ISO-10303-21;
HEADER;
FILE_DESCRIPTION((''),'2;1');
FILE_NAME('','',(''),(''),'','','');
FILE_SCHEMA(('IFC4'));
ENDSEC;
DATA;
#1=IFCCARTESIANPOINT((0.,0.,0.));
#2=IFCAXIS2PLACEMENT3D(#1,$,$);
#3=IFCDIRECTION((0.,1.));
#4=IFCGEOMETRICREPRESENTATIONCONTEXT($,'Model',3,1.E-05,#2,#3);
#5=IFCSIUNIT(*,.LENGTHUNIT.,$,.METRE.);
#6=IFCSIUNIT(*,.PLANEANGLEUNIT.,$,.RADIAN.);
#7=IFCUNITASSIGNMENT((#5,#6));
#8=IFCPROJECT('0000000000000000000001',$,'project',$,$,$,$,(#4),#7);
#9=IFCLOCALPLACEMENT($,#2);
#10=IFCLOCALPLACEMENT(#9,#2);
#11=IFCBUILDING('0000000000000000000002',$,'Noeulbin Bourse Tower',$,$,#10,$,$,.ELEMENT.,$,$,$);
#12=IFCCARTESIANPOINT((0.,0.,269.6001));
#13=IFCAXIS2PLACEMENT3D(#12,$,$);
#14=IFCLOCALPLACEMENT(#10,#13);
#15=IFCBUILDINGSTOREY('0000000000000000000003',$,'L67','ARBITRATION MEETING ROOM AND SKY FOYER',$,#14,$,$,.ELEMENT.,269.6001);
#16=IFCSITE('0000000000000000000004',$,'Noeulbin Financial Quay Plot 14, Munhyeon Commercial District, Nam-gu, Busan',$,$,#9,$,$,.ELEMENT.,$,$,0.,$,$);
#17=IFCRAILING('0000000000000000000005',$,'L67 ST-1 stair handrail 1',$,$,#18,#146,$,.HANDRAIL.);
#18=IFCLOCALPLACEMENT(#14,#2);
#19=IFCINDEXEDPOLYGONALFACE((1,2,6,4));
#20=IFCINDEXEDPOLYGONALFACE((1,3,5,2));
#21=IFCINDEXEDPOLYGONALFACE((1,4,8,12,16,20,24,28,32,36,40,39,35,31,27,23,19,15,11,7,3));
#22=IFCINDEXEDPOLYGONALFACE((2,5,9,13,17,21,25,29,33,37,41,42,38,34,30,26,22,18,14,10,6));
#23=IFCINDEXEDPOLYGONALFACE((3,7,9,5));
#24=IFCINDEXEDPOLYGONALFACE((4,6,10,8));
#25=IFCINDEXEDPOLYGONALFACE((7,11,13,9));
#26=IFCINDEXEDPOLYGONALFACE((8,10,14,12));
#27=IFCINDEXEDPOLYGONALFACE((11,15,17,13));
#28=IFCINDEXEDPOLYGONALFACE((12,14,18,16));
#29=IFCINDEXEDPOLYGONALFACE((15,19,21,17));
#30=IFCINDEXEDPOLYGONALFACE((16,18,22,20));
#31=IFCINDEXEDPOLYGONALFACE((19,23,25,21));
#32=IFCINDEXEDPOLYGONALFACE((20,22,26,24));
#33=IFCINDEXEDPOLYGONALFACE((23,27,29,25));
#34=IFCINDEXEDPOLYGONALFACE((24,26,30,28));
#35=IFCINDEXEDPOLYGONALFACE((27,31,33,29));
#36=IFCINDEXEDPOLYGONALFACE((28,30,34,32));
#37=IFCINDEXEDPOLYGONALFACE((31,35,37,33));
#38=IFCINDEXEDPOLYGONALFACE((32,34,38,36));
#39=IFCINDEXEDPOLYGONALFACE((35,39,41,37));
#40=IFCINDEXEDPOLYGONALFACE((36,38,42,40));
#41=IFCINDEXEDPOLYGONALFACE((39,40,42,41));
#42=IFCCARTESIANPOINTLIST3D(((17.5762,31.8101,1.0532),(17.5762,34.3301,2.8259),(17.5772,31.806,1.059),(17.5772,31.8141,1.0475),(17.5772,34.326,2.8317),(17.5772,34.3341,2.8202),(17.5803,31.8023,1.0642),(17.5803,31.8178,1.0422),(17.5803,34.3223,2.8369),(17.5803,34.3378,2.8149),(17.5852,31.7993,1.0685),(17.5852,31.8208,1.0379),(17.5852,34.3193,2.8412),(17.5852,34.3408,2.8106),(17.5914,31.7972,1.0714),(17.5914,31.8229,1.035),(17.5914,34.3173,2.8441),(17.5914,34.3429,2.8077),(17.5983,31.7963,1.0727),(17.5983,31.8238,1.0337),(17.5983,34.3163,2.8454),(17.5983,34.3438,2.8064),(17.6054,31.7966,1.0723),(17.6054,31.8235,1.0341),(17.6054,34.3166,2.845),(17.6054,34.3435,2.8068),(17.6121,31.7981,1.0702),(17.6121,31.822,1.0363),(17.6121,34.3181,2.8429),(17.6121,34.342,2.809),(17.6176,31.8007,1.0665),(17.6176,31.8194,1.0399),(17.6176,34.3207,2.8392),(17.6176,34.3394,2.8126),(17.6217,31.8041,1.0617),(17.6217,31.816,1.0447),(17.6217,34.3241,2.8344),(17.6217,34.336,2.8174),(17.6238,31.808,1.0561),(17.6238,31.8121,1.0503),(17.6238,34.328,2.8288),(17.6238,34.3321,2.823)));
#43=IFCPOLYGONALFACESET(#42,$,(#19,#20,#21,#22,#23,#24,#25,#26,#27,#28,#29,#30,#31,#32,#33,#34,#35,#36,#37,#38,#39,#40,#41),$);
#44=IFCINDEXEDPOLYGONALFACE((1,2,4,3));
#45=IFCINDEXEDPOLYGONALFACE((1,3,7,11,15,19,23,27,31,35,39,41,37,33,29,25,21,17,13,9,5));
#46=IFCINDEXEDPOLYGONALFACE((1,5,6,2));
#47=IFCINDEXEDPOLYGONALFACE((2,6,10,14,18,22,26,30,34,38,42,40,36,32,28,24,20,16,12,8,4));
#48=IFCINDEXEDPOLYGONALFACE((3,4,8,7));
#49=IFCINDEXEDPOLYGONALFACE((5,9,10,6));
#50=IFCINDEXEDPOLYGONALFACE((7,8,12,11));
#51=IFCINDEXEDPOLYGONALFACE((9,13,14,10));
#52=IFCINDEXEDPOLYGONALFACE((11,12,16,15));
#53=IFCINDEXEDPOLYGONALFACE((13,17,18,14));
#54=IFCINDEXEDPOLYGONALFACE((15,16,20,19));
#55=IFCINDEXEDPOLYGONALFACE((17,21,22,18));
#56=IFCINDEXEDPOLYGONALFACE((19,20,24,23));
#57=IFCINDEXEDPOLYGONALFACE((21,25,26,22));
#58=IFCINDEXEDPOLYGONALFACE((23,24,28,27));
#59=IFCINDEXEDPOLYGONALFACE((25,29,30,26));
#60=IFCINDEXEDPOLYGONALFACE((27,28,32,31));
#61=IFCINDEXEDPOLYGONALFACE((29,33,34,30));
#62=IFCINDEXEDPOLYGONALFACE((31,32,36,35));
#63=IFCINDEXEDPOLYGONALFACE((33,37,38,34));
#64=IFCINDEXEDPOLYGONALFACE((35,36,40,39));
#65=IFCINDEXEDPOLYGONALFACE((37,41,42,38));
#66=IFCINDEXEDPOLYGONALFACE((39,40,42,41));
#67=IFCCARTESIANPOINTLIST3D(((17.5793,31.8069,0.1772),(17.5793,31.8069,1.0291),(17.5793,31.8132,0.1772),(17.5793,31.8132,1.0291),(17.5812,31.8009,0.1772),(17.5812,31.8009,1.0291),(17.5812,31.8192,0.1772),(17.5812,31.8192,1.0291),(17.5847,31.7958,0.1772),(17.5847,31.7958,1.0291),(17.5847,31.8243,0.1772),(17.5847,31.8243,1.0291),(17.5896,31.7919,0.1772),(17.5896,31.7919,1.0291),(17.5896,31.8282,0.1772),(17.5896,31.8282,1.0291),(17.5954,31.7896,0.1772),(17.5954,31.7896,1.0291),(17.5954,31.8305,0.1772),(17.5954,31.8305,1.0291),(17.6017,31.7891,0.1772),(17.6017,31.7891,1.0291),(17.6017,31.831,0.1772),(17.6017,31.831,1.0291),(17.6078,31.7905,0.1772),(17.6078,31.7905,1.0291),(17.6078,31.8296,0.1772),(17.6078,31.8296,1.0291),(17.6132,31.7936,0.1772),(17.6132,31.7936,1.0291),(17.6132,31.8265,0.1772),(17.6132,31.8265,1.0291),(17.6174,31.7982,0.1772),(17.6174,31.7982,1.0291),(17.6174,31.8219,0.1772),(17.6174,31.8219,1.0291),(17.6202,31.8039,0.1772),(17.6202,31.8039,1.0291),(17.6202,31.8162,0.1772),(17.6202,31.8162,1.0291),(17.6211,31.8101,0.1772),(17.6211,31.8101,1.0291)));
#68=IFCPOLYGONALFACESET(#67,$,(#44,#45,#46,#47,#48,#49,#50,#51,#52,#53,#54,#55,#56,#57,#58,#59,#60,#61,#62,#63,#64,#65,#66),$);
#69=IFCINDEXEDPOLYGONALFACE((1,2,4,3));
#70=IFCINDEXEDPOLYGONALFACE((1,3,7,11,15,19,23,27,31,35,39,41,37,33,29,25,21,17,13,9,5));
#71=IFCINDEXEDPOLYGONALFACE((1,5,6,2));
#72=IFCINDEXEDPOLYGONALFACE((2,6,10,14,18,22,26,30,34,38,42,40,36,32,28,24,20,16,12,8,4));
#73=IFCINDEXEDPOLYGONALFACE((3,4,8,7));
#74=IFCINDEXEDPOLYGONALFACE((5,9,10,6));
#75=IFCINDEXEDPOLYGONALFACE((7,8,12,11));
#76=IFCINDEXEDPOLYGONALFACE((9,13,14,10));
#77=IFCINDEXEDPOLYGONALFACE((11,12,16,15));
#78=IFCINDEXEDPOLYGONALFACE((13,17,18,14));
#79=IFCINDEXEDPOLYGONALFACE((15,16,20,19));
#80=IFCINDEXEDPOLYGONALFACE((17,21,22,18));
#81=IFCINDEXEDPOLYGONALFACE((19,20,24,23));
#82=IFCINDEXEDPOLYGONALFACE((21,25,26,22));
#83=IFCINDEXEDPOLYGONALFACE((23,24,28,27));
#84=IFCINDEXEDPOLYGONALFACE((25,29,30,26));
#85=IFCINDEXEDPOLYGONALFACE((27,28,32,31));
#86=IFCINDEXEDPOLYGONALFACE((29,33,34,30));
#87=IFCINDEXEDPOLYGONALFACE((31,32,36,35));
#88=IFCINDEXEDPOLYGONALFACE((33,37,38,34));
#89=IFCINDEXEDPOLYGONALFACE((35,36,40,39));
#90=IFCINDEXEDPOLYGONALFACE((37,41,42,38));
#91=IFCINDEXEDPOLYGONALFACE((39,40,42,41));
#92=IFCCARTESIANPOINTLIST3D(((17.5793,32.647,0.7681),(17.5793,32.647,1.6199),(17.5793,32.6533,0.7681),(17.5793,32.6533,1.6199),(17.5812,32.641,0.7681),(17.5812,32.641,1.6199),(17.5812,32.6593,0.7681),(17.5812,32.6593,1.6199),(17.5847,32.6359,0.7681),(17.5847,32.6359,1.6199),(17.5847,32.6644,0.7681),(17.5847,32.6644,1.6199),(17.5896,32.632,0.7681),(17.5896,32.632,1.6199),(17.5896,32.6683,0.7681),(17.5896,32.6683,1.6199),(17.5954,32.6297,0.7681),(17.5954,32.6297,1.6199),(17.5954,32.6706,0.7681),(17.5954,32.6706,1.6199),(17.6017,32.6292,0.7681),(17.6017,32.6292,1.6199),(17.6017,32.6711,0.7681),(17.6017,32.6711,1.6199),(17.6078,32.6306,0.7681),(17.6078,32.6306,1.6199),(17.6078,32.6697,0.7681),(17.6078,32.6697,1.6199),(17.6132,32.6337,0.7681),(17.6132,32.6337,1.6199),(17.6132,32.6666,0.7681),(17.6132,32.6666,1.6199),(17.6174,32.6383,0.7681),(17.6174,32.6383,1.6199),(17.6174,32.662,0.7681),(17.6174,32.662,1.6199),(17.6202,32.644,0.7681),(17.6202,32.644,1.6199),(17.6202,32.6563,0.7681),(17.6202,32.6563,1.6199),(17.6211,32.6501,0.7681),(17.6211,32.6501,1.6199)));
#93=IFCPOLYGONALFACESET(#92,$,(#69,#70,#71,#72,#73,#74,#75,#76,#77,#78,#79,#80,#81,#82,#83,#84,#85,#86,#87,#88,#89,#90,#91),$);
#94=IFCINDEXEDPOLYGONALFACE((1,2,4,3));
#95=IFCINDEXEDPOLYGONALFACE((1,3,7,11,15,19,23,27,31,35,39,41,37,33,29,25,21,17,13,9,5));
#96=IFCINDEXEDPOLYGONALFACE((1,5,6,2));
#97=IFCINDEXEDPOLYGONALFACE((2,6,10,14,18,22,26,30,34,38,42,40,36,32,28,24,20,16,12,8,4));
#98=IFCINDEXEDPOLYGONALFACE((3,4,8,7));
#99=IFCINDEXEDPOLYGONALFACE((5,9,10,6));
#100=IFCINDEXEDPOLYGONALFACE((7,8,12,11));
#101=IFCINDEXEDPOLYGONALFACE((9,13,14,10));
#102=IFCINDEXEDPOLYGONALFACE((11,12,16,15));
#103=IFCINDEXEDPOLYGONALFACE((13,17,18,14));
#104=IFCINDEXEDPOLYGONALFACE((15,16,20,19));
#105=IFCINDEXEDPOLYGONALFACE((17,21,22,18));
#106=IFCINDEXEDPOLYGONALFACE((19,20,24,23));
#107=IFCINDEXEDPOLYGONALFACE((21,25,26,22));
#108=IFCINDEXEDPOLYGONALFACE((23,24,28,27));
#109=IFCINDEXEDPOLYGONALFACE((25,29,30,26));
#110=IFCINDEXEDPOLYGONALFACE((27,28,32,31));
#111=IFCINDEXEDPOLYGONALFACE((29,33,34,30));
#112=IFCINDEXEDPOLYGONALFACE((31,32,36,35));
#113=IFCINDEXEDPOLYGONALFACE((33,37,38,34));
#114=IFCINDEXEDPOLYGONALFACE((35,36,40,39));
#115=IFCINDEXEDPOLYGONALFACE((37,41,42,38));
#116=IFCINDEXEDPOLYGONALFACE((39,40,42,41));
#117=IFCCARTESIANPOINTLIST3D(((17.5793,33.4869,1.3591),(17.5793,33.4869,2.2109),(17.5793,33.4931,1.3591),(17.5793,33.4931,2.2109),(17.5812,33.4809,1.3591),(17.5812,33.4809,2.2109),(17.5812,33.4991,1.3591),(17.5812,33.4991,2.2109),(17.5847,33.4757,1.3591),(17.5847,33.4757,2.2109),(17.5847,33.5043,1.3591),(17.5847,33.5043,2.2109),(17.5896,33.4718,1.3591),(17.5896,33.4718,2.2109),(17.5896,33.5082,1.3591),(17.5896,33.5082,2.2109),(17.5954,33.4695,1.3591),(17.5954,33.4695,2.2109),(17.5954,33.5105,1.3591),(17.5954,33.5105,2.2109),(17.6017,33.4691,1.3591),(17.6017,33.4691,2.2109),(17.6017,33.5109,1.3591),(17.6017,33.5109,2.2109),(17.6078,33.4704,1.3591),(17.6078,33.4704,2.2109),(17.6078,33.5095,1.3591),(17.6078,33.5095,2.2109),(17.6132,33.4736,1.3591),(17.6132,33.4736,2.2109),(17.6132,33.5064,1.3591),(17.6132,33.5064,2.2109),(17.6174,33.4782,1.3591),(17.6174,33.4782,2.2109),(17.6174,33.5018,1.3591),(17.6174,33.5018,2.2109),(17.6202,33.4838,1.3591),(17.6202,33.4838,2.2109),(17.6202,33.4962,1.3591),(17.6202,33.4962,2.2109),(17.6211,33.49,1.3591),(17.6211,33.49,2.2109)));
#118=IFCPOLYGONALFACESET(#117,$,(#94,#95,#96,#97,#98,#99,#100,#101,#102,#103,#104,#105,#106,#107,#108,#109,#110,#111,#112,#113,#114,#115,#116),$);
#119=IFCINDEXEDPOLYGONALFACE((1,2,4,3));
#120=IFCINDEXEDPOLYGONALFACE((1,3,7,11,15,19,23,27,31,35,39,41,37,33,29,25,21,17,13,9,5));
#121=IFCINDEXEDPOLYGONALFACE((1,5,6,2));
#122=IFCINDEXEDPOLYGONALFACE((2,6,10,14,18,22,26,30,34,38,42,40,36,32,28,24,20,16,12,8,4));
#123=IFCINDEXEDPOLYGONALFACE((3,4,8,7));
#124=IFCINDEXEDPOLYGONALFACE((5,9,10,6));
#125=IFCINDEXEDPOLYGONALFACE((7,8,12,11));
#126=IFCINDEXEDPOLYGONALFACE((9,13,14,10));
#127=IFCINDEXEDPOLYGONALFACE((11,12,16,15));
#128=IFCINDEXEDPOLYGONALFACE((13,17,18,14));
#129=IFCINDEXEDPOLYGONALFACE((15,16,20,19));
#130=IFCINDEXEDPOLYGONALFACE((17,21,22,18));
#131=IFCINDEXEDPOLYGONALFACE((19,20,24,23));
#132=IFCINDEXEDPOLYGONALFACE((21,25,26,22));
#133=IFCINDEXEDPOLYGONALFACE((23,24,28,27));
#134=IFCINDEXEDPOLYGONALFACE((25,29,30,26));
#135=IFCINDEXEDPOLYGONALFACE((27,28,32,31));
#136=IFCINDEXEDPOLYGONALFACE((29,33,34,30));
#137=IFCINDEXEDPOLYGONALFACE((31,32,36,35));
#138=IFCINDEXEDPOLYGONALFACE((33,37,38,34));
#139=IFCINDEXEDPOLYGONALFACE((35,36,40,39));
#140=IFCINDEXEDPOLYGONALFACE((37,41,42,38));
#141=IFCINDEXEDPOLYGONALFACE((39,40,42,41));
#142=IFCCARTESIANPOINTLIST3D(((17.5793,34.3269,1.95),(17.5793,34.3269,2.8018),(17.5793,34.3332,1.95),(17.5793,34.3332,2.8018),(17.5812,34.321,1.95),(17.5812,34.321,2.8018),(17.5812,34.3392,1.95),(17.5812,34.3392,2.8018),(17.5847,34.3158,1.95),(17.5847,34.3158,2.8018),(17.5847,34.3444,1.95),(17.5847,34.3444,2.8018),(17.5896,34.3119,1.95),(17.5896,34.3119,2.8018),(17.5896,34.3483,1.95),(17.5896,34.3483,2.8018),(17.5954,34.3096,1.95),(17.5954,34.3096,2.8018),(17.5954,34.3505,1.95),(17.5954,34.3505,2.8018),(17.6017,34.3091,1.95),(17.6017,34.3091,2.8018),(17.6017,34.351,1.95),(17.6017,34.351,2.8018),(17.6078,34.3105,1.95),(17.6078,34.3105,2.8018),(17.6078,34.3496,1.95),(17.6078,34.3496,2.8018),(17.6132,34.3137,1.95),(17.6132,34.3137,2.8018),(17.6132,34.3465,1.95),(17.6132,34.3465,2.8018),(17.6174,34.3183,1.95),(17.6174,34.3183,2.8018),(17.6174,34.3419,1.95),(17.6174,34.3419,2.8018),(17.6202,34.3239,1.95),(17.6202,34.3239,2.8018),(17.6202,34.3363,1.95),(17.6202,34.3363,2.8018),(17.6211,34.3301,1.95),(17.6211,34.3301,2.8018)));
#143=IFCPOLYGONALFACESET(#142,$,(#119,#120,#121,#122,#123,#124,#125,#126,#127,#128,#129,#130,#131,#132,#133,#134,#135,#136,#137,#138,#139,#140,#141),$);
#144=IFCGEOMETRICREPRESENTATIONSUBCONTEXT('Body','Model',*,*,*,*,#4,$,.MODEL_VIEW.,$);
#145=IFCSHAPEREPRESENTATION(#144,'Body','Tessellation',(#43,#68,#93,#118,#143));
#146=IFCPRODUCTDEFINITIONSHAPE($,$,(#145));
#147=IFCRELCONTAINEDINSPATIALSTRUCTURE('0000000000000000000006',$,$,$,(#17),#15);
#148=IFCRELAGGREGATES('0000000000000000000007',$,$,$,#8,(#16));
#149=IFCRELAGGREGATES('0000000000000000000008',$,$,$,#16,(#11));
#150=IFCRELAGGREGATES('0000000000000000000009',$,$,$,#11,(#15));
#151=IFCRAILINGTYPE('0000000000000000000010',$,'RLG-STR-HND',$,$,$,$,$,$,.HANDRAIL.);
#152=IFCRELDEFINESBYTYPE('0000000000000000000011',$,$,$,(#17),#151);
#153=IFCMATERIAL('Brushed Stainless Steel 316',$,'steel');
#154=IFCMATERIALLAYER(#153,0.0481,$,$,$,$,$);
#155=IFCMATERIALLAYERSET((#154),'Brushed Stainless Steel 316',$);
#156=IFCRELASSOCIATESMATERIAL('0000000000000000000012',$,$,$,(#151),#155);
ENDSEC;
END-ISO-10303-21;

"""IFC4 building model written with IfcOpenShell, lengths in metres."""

from ifc_helpers import new_model, si_unit, direction, frame, origin, origin_2d, place, context, subcontext, project, spatial, circle, extrude, material, layer, layer_set, type_object, element, save


model = new_model("IFC4")

# Units and contexts
model_context = context("Model", 3, precision=1e-05, world=origin(), true_north=direction((0.0, 1.0)))
body_context = subcontext(model_context, "Body", "Model", "MODEL_VIEW")
ifc_project = project(units=[si_unit("LENGTHUNIT", "METRE"), si_unit("PLANEANGLEUNIT", "RADIAN")], contexts=[model_context])

# Site, building, storey
site_placement = place(None, origin())
site = spatial("IfcSite", under=ifc_project, at=site_placement, Name="Noeulbin Financial Quay Plot 14, Munhyeon Commercial District, Nam-gu, Busan", CompositionType="ELEMENT", RefElevation=0.0)
building_placement = place(site_placement, origin())
building = spatial("IfcBuilding", under=site, at=building_placement, Name="Noeulbin Bourse Tower", CompositionType="ELEMENT")
storey_placement = place(building_placement, frame((0.0, 0.0, 269.6001)))
storey = spatial("IfcBuildingStorey", under=building, at=storey_placement, Name="L67", Description="ARBITRATION MEETING ROOM AND SKY FOYER", CompositionType="ELEMENT", Elevation=269.6001)

# Shared definitions
ifc_material_1 = material(Name="Brushed Stainless Steel 316", Category="steel")

# Railing
ifc_layer_1 = layer(ifc_material_1, 0.0481)
ifc_layer_set_1 = layer_set([ifc_layer_1], Name="Brushed Stainless Steel 316")
railing_type_1 = type_object("IfcRailingType", Name="RLG-STR-HND", PredefinedType="HANDRAIL", material=ifc_layer_set_1)
railing_1_placement = place(storey_placement, frame((17.6001, 31.8101, 0.1772)))
element("IfcRailing", 1, at=railing_1_placement, inside=storey, type_object=railing_type_1, Name="L67 ST-1 stair handrail 1", PredefinedType="HANDRAIL", context=body_context, shape_type="SweptSolid", body=[
    extrude(circle(Radius=0.0239, at=origin_2d()), frame((0.0, 0.0, 0.876), z_axis=(0.0, 0.817904, 0.575354), x_axis=(-1.0, 0.0, 0.0)), (0.0, 0.0, 1.0), 3.0811),
    extrude(circle(Radius=0.021, at=origin_2d()), origin(), (0.0, 0.0, 1.0), 0.8518),
    extrude(circle(Radius=0.021, at=origin_2d()), frame((0.0, 0.8401, 0.5908)), (0.0, 0.0, 1.0), 0.8518),
    extrude(circle(Radius=0.021, at=origin_2d()), frame((0.0, 1.6799, 1.1819)), (0.0, 0.0, 1.0), 0.8518),
    extrude(circle(Radius=0.021, at=origin_2d()), frame((0.0, 2.52, 1.7727)), (0.0, 0.0, 1.0), 0.8518),
])

save(model, "model.ifc")
